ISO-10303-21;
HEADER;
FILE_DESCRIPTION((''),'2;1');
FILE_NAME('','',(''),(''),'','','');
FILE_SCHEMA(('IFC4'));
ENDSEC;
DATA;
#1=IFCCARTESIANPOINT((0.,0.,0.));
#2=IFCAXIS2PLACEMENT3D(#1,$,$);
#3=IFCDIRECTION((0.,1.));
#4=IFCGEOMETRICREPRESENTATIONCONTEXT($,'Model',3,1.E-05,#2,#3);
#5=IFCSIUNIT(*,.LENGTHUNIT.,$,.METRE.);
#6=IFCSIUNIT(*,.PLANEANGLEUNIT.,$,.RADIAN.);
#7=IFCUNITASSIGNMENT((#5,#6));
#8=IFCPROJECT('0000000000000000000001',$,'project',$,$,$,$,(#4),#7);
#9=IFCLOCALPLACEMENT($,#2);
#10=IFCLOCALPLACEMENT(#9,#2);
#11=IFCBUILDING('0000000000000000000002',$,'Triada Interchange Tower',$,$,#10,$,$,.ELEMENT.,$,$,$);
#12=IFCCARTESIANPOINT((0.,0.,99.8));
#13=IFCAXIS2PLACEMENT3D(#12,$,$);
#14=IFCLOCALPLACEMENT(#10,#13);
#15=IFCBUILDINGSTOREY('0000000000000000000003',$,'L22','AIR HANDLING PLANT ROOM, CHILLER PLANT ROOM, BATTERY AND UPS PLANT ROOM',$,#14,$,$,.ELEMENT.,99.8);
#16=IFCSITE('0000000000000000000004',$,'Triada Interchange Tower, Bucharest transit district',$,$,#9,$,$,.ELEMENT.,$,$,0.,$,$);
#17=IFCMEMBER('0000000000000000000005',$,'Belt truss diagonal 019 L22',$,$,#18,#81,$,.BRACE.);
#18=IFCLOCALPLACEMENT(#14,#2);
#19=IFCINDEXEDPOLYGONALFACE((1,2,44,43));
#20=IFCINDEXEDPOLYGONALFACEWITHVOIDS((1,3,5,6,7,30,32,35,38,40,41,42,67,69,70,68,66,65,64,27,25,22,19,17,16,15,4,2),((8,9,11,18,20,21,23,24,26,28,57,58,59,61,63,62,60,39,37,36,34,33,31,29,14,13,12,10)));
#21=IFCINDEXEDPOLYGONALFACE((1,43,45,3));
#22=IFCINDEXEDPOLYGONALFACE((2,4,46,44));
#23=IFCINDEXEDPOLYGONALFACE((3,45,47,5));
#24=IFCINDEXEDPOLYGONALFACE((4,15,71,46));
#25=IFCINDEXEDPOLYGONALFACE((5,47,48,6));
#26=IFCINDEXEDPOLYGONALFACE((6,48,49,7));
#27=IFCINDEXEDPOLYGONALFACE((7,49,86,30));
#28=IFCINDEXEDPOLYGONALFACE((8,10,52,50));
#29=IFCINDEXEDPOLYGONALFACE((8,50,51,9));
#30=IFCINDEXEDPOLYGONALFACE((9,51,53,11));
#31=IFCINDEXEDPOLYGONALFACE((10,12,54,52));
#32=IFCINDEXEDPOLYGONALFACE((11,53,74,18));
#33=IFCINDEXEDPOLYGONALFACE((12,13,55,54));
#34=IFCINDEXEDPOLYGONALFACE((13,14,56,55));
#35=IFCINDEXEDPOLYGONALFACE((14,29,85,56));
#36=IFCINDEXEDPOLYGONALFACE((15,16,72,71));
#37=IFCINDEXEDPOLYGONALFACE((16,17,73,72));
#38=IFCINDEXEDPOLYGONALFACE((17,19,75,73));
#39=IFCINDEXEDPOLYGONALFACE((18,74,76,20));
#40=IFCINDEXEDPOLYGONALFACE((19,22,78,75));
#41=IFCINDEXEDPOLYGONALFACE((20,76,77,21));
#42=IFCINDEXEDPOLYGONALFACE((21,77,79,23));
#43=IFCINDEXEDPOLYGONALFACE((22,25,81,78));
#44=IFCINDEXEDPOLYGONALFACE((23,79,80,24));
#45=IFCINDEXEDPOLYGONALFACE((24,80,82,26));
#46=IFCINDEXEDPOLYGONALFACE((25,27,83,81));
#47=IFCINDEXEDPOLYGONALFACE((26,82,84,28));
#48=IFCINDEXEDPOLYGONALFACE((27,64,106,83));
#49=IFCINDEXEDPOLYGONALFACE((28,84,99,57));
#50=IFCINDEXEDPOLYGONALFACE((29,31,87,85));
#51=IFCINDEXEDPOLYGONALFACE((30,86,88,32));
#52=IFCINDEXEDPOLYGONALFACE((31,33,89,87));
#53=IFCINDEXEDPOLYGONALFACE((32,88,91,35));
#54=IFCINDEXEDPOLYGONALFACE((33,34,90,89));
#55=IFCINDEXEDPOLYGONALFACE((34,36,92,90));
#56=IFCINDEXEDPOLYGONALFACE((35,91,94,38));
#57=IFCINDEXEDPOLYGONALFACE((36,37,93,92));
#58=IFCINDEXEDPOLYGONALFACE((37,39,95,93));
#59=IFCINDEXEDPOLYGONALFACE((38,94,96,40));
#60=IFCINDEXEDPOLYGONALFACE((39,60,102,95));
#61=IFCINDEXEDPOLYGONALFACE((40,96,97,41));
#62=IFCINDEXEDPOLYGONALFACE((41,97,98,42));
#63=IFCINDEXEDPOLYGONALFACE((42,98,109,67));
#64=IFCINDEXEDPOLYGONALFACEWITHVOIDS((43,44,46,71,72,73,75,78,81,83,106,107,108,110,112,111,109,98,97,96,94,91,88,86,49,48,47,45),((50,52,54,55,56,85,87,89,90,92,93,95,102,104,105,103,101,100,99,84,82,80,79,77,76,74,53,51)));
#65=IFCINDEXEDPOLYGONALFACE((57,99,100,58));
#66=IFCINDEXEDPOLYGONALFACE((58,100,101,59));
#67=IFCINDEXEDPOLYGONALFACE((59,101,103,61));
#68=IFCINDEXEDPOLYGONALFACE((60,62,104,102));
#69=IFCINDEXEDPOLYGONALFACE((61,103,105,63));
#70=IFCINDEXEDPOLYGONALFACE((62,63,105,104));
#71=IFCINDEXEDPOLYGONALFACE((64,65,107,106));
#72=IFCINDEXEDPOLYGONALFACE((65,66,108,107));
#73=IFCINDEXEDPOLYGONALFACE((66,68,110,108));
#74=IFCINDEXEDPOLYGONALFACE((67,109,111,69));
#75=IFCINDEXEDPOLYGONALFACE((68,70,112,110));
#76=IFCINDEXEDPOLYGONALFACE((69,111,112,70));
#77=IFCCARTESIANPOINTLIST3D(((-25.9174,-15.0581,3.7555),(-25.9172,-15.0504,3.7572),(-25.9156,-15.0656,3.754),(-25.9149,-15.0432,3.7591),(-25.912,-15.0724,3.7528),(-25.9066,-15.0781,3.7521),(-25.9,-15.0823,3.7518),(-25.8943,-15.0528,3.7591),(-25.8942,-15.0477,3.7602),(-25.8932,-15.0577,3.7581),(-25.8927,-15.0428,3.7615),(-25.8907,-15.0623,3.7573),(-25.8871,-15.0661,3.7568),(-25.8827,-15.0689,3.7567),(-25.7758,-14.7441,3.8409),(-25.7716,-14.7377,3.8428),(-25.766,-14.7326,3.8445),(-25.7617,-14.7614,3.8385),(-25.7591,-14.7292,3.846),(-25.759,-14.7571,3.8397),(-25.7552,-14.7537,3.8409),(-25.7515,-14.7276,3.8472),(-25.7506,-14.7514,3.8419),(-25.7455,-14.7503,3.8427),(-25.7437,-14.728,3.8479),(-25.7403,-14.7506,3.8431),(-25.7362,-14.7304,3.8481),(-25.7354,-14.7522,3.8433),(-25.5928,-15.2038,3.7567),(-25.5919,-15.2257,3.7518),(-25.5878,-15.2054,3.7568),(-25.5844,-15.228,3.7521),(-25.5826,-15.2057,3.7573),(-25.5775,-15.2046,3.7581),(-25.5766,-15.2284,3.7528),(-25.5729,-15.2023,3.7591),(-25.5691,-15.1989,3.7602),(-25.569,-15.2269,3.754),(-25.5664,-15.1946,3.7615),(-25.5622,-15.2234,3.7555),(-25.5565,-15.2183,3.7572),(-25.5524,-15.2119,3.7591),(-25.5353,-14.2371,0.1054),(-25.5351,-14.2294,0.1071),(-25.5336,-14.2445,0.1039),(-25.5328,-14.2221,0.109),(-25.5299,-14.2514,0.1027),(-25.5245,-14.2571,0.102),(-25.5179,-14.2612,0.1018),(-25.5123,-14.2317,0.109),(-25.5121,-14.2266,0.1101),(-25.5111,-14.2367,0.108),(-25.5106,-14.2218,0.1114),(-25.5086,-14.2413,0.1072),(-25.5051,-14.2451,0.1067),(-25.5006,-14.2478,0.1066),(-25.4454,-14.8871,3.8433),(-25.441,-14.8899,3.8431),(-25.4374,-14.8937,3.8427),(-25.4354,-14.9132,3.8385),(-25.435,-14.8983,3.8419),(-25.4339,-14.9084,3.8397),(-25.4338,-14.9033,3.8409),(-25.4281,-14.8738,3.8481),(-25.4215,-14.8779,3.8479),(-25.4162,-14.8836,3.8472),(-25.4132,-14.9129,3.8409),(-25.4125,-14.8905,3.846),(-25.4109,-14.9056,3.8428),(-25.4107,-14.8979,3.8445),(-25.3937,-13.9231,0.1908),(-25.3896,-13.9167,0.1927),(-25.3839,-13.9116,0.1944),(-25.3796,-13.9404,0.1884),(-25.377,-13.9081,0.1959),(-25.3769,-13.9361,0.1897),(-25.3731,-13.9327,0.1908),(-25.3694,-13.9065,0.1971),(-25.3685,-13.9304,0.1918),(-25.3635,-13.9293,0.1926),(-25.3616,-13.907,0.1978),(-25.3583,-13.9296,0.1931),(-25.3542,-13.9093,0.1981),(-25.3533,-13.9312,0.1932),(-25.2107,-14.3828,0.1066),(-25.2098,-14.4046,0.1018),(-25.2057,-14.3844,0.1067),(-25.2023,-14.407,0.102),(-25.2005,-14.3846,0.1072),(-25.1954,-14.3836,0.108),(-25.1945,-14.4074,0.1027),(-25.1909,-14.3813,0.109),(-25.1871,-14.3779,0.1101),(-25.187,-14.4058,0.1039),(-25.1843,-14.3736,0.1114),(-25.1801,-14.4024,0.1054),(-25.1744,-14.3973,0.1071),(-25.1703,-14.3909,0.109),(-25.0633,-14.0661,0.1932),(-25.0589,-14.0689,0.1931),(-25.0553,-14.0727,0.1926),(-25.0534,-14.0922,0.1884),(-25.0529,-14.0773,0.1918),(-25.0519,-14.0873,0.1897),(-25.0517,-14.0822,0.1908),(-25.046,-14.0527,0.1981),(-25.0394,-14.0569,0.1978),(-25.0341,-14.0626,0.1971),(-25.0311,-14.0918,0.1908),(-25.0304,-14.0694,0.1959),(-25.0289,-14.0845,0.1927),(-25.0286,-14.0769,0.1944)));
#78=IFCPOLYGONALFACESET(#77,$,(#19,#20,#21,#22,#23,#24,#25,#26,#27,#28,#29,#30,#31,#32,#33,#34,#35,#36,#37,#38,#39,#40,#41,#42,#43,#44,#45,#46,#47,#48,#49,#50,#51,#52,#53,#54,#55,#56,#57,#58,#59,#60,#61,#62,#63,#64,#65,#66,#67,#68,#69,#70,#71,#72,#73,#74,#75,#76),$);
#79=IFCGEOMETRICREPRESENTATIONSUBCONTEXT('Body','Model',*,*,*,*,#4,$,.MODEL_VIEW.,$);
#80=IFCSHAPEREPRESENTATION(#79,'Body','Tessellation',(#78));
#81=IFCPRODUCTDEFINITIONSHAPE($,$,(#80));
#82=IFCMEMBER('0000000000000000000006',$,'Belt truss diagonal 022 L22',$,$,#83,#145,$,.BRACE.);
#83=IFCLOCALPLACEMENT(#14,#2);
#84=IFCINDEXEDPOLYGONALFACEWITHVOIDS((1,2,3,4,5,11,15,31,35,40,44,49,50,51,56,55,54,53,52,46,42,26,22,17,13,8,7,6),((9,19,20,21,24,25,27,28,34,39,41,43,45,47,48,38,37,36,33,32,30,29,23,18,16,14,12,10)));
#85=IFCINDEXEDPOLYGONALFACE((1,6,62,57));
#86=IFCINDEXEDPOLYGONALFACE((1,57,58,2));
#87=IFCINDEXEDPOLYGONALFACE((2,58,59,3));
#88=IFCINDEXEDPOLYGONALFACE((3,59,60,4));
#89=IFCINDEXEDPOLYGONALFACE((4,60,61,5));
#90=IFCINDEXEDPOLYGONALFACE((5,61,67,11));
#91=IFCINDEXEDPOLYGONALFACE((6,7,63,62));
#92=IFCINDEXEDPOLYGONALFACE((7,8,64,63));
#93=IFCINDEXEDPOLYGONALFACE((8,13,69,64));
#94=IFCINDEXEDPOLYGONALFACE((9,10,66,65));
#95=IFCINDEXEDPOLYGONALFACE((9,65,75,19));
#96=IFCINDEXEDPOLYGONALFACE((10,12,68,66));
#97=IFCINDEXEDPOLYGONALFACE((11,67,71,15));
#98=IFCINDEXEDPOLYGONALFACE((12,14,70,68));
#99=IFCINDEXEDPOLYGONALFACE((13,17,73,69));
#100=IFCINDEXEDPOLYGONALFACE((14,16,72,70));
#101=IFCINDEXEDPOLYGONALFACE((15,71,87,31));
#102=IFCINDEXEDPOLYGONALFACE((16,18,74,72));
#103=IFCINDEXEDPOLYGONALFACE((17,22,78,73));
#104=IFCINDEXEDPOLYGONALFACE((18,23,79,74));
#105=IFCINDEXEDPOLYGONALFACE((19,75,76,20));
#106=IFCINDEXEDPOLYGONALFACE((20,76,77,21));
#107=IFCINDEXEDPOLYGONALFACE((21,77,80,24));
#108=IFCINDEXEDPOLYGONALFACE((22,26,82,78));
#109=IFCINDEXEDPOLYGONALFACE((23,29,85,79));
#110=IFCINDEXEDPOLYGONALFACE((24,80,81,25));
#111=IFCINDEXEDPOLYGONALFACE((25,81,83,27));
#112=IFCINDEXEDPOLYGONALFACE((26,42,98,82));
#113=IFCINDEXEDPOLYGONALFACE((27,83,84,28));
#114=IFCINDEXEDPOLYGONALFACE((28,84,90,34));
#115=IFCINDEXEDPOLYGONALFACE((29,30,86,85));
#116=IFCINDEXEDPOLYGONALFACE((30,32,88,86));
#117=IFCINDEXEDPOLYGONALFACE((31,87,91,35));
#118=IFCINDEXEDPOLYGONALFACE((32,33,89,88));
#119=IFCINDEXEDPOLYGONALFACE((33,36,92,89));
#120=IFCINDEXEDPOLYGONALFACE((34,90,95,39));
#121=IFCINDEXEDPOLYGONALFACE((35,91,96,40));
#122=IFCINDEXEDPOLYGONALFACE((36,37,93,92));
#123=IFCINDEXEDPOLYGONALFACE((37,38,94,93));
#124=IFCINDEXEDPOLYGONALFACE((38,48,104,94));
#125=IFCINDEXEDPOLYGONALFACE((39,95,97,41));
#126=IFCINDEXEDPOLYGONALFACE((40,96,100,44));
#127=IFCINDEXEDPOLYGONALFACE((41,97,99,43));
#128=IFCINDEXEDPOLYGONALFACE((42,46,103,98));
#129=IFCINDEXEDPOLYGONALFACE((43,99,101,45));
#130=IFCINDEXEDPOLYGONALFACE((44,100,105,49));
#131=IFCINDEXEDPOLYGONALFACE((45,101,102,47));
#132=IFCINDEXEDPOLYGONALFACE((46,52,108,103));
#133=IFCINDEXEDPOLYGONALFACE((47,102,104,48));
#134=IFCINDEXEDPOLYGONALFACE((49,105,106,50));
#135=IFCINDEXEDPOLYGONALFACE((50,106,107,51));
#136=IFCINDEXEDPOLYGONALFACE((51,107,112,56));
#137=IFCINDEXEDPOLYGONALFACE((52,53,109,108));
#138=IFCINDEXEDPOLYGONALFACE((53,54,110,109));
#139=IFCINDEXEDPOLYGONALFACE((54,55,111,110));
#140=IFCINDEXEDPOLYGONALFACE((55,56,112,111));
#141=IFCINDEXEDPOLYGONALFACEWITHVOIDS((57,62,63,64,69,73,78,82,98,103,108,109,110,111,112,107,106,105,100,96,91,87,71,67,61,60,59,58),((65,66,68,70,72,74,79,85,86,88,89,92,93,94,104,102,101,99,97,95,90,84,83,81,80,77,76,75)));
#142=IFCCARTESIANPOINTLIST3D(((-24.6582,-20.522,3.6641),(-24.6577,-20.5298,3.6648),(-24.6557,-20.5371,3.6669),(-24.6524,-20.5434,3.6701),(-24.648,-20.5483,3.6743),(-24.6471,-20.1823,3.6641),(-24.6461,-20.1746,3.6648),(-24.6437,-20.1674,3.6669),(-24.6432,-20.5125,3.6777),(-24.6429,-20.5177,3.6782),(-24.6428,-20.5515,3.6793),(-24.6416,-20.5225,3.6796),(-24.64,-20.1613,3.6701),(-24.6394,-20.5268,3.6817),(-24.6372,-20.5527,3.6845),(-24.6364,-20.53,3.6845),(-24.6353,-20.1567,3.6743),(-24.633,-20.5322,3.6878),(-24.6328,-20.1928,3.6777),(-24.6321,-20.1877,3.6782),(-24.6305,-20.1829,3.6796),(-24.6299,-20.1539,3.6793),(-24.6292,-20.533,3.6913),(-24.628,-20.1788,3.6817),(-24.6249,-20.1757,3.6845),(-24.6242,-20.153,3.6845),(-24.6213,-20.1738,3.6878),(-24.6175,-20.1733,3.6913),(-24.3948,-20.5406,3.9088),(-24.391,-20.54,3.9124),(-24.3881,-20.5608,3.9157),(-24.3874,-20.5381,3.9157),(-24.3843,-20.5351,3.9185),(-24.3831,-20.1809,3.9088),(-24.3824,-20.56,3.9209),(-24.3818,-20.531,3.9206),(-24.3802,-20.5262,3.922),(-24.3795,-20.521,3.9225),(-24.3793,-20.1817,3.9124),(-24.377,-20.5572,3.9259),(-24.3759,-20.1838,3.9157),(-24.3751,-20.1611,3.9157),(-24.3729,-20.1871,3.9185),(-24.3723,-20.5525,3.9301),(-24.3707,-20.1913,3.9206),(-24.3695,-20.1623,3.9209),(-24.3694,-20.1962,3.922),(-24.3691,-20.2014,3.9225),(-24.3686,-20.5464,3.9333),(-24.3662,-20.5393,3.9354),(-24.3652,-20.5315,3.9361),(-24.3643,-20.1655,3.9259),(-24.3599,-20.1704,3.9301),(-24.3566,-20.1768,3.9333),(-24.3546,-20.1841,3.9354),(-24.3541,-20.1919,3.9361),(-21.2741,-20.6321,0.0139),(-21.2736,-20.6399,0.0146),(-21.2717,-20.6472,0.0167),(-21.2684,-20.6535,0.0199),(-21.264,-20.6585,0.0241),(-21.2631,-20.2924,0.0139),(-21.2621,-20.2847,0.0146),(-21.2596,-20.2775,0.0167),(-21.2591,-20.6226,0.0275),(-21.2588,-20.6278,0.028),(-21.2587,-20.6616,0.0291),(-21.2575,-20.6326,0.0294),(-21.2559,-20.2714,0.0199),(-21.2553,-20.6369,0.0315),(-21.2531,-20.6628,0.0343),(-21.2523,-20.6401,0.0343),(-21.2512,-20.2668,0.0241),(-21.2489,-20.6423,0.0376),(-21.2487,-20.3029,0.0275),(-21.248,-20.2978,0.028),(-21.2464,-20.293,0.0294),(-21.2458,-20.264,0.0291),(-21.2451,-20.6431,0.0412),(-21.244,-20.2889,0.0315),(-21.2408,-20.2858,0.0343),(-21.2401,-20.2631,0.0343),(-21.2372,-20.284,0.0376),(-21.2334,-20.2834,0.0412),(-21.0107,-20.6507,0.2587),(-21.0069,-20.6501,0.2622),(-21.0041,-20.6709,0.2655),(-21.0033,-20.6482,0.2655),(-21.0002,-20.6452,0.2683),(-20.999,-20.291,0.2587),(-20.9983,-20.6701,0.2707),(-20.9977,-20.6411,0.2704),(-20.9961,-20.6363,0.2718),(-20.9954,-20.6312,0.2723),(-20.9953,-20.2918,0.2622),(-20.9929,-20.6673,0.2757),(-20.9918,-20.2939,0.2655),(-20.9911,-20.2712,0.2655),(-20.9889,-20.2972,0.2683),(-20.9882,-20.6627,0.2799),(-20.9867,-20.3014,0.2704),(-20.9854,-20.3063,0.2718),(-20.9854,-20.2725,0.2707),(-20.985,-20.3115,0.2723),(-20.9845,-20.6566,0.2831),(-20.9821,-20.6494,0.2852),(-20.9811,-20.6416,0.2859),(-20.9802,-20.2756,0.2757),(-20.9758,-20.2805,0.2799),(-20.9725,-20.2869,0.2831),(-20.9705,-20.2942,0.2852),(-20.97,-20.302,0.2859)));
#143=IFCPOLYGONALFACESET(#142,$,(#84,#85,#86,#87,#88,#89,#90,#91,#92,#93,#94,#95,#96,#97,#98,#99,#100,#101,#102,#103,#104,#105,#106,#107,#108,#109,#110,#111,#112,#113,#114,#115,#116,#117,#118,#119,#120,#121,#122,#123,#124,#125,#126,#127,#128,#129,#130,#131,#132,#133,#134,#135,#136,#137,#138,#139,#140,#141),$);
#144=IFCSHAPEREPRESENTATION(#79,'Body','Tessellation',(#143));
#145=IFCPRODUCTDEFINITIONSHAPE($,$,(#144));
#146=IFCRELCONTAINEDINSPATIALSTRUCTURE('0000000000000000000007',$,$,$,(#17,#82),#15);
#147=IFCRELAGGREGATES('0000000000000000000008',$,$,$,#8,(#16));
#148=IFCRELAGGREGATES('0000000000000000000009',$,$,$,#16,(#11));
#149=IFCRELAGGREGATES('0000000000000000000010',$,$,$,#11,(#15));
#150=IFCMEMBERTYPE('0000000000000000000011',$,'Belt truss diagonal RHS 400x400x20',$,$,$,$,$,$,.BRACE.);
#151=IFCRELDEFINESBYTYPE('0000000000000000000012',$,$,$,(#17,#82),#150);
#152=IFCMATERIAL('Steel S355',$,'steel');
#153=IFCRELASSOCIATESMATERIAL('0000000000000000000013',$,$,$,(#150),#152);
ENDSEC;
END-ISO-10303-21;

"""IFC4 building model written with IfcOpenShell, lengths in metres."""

from ifc_helpers import new_model, si_unit, direction, frame, origin, origin_2d, place, context, subcontext, project, spatial, hollow_rectangle, extrude, material, material_profile, profile_set, type_object, element, save


model = new_model("IFC4")

# Units and contexts
model_context = context("Model", 3, precision=1e-05, world=origin(), true_north=direction((0.0, 1.0)))
body_context = subcontext(model_context, "Body", "Model", "MODEL_VIEW")
ifc_project = project(units=[si_unit("LENGTHUNIT", "METRE"), si_unit("PLANEANGLEUNIT", "RADIAN")], contexts=[model_context])

# Site, building, storey
site_placement = place(None, origin())
site = spatial("IfcSite", under=ifc_project, at=site_placement, Name="Triada Interchange Tower, Bucharest transit district", CompositionType="ELEMENT", RefElevation=0.0)
building_placement = place(site_placement, origin())
building = spatial("IfcBuilding", under=site, at=building_placement, Name="Triada Interchange Tower", CompositionType="ELEMENT")
storey_placement = place(building_placement, frame((0.0, 0.0, 99.8)))
storey = spatial("IfcBuildingStorey", under=building, at=storey_placement, Name="L22", Description="AIR HANDLING PLANT ROOM, CHILLER PLANT ROOM, BATTERY AND UPS PLANT ROOM", CompositionType="ELEMENT", Elevation=99.8)

# Members
ifc_material_1 = material(Name="Steel S355", Category="steel")
ifc_material_profile_1 = material_profile(ifc_material_1, hollow_rectangle(XDim=0.3999, YDim=0.3999, WallThickness=0.02, InnerFilletRadius=0.02, OuterFilletRadius=0.03, at=origin_2d()), Name="RHS 400x400x20")
ifc_profile_set_1 = profile_set([ifc_material_profile_1], Name="Steel S355")
member_type_1 = type_object("IfcMemberType", Name="Belt truss diagonal RHS 400x400x20", PredefinedType="BRACE", material=ifc_profile_set_1)
for number, where, z_axis, x_axis, name in (
    (1, (-25.282, -14.157, 0.1499), (-0.101595, -0.218316, 0.970575), (0.906637, -0.421911, 0.0), "Belt truss diagonal 019 L22"),
):
    element("IfcMember", number, at=place(storey_placement, frame(where, z_axis=z_axis, x_axis=x_axis)), inside=storey, type_object=member_type_1, Name=name, PredefinedType="BRACE", context=body_context, shape_type="SweptSolid", body=[
        extrude(hollow_rectangle(XDim=0.3999, YDim=0.3999, WallThickness=0.02, InnerFilletRadius=0.02, OuterFilletRadius=0.03, at=origin_2d()), origin(), (0.0, 0.0, 1.0), 3.7607),
    ])
member_1_placement = place(storey_placement, frame((-21.1221, -20.467, 0.1499), z_axis=(-0.679703, 0.022116, 0.733154), x_axis=(-0.03252, -0.999471, 0.0)))
element("IfcMember", 2, at=member_1_placement, inside=storey, type_object=member_type_1, Name="Belt truss diagonal 022 L22", PredefinedType="BRACE", context=body_context, shape_type="SweptSolid", body=[
    extrude(hollow_rectangle(XDim=0.3999, YDim=0.3999, WallThickness=0.02, InnerFilletRadius=0.02, OuterFilletRadius=0.03, at=origin_2d()), origin(), (0.0, 0.0, 1.0), 4.9788),
])

save(model, "model.ifc")
